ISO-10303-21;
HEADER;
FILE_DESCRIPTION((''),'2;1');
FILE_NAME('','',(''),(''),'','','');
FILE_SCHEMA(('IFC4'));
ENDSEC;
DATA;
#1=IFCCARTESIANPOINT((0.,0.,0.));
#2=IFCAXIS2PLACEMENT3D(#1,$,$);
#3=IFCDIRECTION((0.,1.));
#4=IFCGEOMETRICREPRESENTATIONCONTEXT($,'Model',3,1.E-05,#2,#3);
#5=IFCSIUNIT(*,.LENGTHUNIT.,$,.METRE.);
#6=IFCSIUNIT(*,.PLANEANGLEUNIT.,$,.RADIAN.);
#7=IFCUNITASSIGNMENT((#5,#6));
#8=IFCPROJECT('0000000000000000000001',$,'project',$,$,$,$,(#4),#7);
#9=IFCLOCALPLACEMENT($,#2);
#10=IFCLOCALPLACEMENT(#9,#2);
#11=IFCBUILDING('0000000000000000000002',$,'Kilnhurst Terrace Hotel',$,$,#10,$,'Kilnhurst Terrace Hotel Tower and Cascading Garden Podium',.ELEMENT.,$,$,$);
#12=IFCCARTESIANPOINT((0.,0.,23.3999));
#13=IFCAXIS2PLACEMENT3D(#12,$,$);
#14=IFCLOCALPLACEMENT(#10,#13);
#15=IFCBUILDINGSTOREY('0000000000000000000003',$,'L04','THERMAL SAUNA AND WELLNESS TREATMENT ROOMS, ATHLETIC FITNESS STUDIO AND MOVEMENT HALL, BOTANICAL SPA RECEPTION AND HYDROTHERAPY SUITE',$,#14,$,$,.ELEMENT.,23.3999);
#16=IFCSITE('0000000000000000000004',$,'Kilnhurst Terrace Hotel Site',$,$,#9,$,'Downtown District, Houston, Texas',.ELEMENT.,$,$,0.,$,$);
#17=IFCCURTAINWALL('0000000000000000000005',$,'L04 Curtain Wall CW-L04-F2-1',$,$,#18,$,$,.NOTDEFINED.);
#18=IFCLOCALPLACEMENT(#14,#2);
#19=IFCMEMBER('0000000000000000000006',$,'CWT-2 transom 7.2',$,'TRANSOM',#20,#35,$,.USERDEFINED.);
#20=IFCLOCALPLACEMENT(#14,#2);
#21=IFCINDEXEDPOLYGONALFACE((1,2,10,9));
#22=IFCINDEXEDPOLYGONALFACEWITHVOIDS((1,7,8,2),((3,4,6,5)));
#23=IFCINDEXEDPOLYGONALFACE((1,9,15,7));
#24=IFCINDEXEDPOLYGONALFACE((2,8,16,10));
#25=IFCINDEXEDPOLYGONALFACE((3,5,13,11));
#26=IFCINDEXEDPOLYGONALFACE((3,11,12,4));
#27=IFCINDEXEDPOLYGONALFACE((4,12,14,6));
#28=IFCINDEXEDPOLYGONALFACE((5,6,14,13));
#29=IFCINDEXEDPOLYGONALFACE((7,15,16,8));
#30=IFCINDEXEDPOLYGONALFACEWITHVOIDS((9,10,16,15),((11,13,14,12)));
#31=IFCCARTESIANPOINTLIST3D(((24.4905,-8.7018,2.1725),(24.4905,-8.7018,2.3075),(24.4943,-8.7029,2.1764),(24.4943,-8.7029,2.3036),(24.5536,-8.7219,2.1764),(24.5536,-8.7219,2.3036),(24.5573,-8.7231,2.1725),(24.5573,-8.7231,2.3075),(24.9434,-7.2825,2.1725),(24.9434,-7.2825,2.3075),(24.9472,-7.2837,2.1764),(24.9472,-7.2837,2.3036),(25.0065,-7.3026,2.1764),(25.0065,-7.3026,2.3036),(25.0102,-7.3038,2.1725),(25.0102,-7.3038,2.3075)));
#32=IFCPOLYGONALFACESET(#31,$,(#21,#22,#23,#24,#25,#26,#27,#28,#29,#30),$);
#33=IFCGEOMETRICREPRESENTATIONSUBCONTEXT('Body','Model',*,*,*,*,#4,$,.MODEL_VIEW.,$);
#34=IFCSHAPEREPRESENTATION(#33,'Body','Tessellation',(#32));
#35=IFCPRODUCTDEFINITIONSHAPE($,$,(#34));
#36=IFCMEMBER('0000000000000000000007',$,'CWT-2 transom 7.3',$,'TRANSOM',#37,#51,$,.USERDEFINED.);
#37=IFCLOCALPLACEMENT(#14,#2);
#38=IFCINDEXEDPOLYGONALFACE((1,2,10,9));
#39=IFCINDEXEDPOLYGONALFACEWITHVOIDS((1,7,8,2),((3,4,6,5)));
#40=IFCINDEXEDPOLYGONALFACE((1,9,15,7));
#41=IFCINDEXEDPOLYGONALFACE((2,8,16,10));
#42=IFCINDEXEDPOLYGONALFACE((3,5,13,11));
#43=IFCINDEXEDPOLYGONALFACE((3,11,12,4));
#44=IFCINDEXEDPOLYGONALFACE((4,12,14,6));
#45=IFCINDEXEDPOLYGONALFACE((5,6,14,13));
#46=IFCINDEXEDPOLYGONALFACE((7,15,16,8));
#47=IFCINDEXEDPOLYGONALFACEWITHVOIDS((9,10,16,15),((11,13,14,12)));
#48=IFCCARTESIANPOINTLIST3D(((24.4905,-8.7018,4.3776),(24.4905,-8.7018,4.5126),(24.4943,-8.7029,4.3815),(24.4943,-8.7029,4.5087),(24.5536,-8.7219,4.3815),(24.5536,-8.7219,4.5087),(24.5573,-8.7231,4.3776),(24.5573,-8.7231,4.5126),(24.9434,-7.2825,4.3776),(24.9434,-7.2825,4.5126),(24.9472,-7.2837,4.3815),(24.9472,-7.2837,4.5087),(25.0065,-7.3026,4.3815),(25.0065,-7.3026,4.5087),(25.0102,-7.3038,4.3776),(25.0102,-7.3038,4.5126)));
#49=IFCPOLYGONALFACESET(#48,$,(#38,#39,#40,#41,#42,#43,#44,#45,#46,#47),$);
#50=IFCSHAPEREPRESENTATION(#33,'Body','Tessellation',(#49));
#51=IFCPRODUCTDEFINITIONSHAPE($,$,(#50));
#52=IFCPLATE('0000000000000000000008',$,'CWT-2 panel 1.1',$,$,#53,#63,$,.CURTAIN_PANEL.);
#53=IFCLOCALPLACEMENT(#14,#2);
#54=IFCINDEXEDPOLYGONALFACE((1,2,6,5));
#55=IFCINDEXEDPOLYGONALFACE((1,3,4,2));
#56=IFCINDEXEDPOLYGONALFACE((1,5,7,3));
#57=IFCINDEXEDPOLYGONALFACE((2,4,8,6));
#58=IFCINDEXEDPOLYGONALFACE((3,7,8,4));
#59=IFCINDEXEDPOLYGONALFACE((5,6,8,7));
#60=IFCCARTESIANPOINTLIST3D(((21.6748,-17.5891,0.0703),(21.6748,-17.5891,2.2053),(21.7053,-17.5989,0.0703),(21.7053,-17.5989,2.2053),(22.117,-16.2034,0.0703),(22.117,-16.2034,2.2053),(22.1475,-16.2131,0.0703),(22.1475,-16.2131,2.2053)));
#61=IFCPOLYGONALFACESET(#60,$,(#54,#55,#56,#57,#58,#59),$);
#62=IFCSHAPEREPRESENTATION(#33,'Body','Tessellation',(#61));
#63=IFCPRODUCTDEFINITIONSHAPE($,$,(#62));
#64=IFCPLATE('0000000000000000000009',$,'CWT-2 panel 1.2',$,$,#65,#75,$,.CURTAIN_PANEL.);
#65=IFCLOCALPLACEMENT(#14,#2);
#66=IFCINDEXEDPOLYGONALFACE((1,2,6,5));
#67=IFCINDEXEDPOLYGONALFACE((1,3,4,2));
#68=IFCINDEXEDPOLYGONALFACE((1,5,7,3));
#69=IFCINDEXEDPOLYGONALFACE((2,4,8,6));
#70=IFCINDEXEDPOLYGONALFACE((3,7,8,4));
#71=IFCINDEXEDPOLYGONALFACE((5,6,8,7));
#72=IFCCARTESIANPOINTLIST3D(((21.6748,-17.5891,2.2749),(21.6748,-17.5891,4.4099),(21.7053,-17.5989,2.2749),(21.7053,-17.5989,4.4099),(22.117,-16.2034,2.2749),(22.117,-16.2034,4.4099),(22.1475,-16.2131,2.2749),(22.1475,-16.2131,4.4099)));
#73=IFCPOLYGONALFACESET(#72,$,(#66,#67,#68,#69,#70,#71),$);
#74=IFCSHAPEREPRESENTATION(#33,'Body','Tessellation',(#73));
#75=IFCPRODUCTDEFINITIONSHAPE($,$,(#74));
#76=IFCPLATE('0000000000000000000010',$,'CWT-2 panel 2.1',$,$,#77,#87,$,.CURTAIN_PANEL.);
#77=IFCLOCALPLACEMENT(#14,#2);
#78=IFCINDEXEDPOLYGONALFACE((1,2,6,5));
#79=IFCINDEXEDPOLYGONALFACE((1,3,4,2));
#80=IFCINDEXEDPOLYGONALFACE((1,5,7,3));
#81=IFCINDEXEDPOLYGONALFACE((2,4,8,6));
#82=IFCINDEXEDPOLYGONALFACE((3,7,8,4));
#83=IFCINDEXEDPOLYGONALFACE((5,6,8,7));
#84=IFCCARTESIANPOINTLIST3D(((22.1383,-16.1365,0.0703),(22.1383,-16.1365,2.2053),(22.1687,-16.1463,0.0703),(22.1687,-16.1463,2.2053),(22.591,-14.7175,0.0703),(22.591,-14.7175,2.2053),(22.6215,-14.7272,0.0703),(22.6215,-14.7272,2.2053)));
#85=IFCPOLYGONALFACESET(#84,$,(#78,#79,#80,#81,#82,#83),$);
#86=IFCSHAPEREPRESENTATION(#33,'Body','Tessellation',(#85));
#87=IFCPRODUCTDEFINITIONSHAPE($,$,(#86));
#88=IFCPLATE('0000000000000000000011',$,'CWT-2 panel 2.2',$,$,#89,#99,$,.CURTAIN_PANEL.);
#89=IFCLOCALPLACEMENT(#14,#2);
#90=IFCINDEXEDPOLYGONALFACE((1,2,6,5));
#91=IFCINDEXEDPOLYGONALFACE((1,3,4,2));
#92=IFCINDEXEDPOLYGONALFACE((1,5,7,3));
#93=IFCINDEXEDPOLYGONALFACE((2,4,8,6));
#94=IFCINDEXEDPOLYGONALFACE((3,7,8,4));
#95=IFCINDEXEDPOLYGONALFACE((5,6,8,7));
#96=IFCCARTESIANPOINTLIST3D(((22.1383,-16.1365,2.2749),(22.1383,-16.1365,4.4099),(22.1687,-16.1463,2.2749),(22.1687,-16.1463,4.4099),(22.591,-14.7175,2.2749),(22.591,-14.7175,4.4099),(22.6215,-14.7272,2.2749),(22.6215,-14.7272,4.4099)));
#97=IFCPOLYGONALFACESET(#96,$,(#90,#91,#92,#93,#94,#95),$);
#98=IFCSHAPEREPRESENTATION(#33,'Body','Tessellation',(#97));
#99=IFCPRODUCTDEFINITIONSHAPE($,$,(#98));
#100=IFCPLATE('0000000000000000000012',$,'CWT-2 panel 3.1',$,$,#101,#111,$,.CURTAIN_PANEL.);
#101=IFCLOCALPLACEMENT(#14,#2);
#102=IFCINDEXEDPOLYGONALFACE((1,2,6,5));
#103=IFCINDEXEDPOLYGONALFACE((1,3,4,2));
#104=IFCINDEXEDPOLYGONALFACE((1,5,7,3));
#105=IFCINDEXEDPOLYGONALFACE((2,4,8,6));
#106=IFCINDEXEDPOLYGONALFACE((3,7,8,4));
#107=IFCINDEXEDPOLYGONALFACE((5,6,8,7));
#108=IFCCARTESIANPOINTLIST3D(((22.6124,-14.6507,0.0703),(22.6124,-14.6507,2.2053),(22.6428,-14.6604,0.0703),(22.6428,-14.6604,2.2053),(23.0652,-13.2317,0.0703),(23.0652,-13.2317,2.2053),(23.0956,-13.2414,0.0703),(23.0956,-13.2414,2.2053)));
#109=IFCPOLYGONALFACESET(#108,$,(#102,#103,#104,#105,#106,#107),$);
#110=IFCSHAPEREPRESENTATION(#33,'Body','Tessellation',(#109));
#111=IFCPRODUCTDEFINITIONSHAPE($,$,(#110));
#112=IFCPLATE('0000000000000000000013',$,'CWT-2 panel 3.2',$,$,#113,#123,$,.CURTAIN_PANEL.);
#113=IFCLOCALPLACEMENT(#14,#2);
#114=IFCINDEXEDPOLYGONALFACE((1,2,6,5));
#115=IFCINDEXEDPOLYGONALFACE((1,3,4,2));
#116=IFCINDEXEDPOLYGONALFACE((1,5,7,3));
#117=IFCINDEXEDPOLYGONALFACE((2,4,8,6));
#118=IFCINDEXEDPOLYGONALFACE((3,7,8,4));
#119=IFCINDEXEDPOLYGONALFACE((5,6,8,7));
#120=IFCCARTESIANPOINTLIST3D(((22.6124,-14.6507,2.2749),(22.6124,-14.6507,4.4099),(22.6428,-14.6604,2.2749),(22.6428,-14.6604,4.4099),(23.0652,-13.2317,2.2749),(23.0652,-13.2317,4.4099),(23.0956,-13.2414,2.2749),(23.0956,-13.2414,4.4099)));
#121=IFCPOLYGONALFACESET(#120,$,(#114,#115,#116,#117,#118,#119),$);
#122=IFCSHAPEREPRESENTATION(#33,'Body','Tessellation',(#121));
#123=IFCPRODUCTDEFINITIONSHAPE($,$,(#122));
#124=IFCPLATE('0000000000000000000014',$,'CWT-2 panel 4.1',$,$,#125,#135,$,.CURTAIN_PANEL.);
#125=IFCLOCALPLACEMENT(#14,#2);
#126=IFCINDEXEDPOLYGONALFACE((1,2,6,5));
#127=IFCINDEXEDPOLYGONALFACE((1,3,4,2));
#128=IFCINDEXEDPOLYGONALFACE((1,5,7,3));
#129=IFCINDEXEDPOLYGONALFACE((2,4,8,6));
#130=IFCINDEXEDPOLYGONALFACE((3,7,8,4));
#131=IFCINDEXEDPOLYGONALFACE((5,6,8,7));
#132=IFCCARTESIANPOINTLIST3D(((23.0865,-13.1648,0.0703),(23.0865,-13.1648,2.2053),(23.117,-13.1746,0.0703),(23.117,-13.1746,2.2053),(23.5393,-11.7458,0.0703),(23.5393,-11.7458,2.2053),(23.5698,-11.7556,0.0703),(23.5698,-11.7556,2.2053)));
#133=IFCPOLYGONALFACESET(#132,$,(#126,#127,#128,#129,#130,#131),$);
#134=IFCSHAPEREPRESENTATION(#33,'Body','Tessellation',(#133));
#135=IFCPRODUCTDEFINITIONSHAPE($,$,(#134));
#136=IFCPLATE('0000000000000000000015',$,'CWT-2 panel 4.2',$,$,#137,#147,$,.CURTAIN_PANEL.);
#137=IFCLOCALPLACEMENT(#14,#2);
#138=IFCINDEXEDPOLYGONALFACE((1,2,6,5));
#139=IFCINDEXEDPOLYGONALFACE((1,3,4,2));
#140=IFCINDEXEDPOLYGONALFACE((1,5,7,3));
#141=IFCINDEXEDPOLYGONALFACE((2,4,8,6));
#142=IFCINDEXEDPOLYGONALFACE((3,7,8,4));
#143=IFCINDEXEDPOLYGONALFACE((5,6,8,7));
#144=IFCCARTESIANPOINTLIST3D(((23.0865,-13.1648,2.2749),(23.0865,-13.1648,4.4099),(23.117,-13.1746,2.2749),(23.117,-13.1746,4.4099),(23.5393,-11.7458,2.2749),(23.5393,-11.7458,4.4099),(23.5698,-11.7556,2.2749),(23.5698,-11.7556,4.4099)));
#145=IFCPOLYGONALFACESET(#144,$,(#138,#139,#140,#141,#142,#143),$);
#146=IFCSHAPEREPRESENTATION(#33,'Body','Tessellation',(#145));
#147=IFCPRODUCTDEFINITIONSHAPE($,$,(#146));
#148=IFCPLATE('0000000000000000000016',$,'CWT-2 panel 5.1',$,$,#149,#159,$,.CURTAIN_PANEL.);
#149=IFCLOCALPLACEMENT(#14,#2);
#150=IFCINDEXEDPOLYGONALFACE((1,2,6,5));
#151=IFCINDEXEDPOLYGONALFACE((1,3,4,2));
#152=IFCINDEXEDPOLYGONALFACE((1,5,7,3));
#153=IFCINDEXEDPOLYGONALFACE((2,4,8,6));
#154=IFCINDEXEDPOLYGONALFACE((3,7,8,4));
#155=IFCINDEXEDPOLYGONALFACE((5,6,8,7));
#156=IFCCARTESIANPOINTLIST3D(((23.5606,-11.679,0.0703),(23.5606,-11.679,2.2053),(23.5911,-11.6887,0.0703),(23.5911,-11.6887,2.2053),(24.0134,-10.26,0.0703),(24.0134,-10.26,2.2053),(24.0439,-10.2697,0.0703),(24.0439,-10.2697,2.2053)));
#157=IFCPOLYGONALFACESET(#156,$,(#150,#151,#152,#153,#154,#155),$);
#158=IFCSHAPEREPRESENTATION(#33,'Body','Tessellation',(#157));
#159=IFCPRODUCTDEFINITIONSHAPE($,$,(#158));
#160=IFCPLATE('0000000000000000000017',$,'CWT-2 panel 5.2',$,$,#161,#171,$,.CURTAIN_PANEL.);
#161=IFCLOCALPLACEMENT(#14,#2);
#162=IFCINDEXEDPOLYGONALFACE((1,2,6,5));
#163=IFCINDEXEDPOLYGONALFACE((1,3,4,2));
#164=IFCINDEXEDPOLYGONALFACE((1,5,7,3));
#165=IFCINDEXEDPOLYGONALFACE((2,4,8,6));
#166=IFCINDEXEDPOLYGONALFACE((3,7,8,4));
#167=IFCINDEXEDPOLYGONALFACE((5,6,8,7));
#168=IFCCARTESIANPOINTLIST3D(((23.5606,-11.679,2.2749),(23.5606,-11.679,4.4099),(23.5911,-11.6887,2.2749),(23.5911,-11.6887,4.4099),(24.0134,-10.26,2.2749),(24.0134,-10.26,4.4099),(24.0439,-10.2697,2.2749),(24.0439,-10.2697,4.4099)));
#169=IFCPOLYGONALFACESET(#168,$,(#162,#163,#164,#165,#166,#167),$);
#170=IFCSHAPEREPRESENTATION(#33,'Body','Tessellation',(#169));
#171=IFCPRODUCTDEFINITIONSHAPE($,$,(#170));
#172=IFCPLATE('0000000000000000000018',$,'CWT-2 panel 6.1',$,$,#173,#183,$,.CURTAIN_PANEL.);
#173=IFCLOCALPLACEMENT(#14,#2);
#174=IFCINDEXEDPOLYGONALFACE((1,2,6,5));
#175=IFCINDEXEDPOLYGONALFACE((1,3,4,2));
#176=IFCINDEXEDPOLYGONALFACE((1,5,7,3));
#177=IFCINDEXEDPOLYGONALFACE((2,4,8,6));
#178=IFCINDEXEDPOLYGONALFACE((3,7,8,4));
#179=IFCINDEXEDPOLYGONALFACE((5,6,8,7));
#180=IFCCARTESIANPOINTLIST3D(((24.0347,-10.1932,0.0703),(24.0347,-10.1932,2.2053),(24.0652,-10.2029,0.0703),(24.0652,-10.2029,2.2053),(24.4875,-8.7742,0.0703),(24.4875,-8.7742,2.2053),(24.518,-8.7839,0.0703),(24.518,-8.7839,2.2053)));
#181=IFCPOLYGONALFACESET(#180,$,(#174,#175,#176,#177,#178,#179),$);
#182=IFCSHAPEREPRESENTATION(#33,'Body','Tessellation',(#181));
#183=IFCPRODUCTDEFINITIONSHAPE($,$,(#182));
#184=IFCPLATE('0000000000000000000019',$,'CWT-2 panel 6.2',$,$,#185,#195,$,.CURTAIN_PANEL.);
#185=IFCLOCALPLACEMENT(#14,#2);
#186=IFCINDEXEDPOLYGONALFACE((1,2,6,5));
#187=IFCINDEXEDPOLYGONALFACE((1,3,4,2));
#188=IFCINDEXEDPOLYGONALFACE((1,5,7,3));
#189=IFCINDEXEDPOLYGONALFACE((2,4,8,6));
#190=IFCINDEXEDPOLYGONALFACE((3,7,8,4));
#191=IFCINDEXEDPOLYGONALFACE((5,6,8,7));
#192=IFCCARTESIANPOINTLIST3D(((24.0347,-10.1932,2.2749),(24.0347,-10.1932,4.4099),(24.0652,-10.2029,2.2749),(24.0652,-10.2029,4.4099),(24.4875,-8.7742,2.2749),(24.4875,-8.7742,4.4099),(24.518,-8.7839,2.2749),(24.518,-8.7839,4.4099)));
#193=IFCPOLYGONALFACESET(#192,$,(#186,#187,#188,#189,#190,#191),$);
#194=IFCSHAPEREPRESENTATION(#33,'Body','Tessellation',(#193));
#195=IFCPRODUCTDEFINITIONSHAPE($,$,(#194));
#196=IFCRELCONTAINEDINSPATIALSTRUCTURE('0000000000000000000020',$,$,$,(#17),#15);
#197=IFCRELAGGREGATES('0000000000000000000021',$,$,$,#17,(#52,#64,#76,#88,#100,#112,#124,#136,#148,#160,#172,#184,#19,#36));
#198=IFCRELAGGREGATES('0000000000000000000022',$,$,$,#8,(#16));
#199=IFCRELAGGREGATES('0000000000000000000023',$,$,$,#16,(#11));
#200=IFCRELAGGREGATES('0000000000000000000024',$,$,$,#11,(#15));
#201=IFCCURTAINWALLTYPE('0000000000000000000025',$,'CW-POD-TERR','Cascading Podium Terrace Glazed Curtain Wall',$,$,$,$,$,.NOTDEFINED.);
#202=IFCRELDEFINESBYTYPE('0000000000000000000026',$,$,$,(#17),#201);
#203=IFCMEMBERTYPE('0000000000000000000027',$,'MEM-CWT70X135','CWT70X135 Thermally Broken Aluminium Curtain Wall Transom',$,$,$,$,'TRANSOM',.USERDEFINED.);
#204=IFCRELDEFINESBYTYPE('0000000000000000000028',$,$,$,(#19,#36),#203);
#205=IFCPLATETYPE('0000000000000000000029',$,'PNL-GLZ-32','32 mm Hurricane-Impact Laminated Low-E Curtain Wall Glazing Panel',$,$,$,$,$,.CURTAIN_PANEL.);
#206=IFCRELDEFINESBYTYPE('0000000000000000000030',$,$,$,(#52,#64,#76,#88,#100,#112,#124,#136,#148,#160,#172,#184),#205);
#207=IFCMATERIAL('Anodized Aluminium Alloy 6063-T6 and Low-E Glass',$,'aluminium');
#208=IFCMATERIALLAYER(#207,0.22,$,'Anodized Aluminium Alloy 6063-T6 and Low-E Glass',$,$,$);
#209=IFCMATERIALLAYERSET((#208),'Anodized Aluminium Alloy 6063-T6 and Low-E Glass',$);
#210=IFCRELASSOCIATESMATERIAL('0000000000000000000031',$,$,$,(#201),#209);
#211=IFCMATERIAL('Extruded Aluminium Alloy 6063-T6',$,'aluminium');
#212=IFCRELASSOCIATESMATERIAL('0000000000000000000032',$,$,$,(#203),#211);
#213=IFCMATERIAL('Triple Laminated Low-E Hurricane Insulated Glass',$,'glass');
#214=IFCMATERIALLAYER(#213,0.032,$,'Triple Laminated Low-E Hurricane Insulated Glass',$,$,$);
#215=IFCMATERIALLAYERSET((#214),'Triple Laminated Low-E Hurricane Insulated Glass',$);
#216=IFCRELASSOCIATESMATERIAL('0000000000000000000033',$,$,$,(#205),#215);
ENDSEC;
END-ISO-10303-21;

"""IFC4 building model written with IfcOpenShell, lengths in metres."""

from ifc_helpers import new_model, si_unit, direction, frame, origin, origin_2d, place, context, subcontext, project, spatial, rectangle, hollow_rectangle, extrude, material, layer, layer_set, material_profile, profile_set, type_object, element, aggregate, save


model = new_model("IFC4")

# Units and contexts
model_context = context("Model", 3, precision=1e-05, world=origin(), true_north=direction((0.0, 1.0)))
body_context = subcontext(model_context, "Body", "Model", "MODEL_VIEW")
ifc_project = project(units=[si_unit("LENGTHUNIT", "METRE"), si_unit("PLANEANGLEUNIT", "RADIAN")], contexts=[model_context])

# Site, building, storey
site_placement = place(None, origin())
site = spatial("IfcSite", under=ifc_project, at=site_placement, Name="Kilnhurst Terrace Hotel Site", LongName="Downtown District, Houston, Texas", CompositionType="ELEMENT", RefElevation=0.0)
building_placement = place(site_placement, origin())
building = spatial("IfcBuilding", under=site, at=building_placement, Name="Kilnhurst Terrace Hotel", LongName="Kilnhurst Terrace Hotel Tower and Cascading Garden Podium", CompositionType="ELEMENT")
storey_placement = place(building_placement, frame((0.0, 0.0, 23.3999)))
storey = spatial("IfcBuildingStorey", under=building, at=storey_placement, Name="L04", Description="THERMAL SAUNA AND WELLNESS TREATMENT ROOMS, ATHLETIC FITNESS STUDIO AND MOVEMENT HALL, BOTANICAL SPA RECEPTION AND HYDROTHERAPY SUITE", CompositionType="ELEMENT", Elevation=23.3999)

# Curtain wall, members, plates
ifc_material_1 = material(Name="Anodized Aluminium Alloy 6063-T6 and Low-E Glass", Category="aluminium")
ifc_layer_1 = layer(ifc_material_1, 0.22, Name="Anodized Aluminium Alloy 6063-T6 and Low-E Glass")
ifc_layer_set_1 = layer_set([ifc_layer_1], Name="Anodized Aluminium Alloy 6063-T6 and Low-E Glass")
curtain_wall_type = type_object("IfcCurtainWallType", Name="CW-POD-TERR", Description="Cascading Podium Terrace Glazed Curtain Wall", PredefinedType="NOTDEFINED", material=ifc_layer_set_1)
curtain_wall_placement = place(storey_placement, origin())
curtain_wall = element("IfcCurtainWall", 1, at=curtain_wall_placement, inside=storey, type_object=curtain_wall_type, Name="L04 Curtain Wall CW-L04-F2-1", PredefinedType="NOTDEFINED")
ifc_material_2 = material(Name="Extruded Aluminium Alloy 6063-T6", Category="aluminium")
ifc_material_profile_1 = material_profile(ifc_material_2, hollow_rectangle(XDim=0.0701, YDim=0.135, WallThickness=0.0039, at=origin_2d()), Name="CWT70X135")
ifc_profile_set_1 = profile_set([ifc_material_profile_1], Name="Extruded Aluminium Alloy 6063-T6")
member_type_1 = type_object("IfcMemberType", Name="MEM-CWT70X135", Description="CWT70X135 Thermally Broken Aluminium Curtain Wall Transom", ElementType="TRANSOM", PredefinedType="USERDEFINED", material=ifc_profile_set_1)
member_1_placement = place(storey_placement, frame((24.5239, -8.7124, 2.24), z_axis=(0.304009, 0.952669, 0.0), x_axis=(-0.952669, 0.304009, 0.0)))
member_1 = element("IfcMember", 2, at=member_1_placement, type_object=member_type_1, Name="CWT-2 transom 7.2", ObjectType="TRANSOM", PredefinedType="USERDEFINED", context=body_context, shape_type="SweptSolid", body=[
    extrude(hollow_rectangle(XDim=0.0701, YDim=0.135, WallThickness=0.0039, at=origin_2d()), origin(), (0.0, 0.0, 1.0), 1.4897),
])
member_2_placement = place(storey_placement, frame((24.5239, -8.7124, 4.4451), z_axis=(0.304009, 0.952669, 0.0), x_axis=(-0.952669, 0.304009, 0.0)))
member_2 = element("IfcMember", 3, at=member_2_placement, type_object=member_type_1, Name="CWT-2 transom 7.3", ObjectType="TRANSOM", PredefinedType="USERDEFINED", context=body_context, shape_type="SweptSolid", body=[
    extrude(hollow_rectangle(XDim=0.0701, YDim=0.135, WallThickness=0.0039, at=origin_2d()), origin(), (0.0, 0.0, 1.0), 1.4897),
])
ifc_material_3 = material(Name="Triple Laminated Low-E Hurricane Insulated Glass", Category="glass")
ifc_layer_2 = layer(ifc_material_3, 0.032, Name="Triple Laminated Low-E Hurricane Insulated Glass")
ifc_layer_set_2 = layer_set([ifc_layer_2], Name="Triple Laminated Low-E Hurricane Insulated Glass")
plate_type = type_object("IfcPlateType", Name="PNL-GLZ-32", Description="32 mm Hurricane-Impact Laminated Low-E Curtain Wall Glazing Panel", PredefinedType="CURTAIN_PANEL", material=ifc_layer_set_2)
plate_1_placement = place(storey_placement, frame((21.9111, -16.9011, 0.0703), z_axis=(0.0, 0.0, 1.0), x_axis=(0.303992, 0.952675, 0.0)))
plate_1 = element("IfcPlate", 4, at=plate_1_placement, type_object=plate_type, Name="CWT-2 panel 1.1", PredefinedType="CURTAIN_PANEL", context=body_context, shape_type="SweptSolid", body=[
    extrude(rectangle(XDim=1.4546, YDim=0.032, at=origin_2d()), origin(), (0.0, 0.0, 1.0), 2.135),
])
plate_2_placement = place(storey_placement, frame((21.9111, -16.9011, 2.2749), z_axis=(0.0, 0.0, 1.0), x_axis=(0.303992, 0.952675, 0.0)))
plate_2 = element("IfcPlate", 5, at=plate_2_placement, type_object=plate_type, Name="CWT-2 panel 1.2", PredefinedType="CURTAIN_PANEL", context=body_context, shape_type="SweptSolid", body=[
    extrude(rectangle(XDim=1.4546, YDim=0.032, at=origin_2d()), origin(), (0.0, 0.0, 1.0), 2.135),
])
plate_3_placement = place(storey_placement, frame((22.3799, -15.4319, 0.0703), z_axis=(0.0, 0.0, 1.0), x_axis=(0.303992, 0.952675, 0.0)))
plate_3 = element("IfcPlate", 6, at=plate_3_placement, type_object=plate_type, Name="CWT-2 panel 2.1", PredefinedType="CURTAIN_PANEL", context=body_context, shape_type="SweptSolid", body=[
    extrude(rectangle(XDim=1.4895, YDim=0.032, at=origin_2d()), origin(), (0.0, 0.0, 1.0), 2.135),
])
plate_4_placement = place(storey_placement, frame((22.3799, -15.4319, 2.2749), z_axis=(0.0, 0.0, 1.0), x_axis=(0.303992, 0.952675, 0.0)))
plate_4 = element("IfcPlate", 7, at=plate_4_placement, type_object=plate_type, Name="CWT-2 panel 2.2", PredefinedType="CURTAIN_PANEL", context=body_context, shape_type="SweptSolid", body=[
    extrude(rectangle(XDim=1.4895, YDim=0.032, at=origin_2d()), origin(), (0.0, 0.0, 1.0), 2.135),
])
plate_5_placement = place(storey_placement, frame((22.854, -13.946, 0.0703), z_axis=(0.0, 0.0, 1.0), x_axis=(0.303992, 0.952675, 0.0)))
plate_5 = element("IfcPlate", 8, at=plate_5_placement, type_object=plate_type, Name="CWT-2 panel 3.1", PredefinedType="CURTAIN_PANEL", context=body_context, shape_type="SweptSolid", body=[
    extrude(rectangle(XDim=1.4895, YDim=0.032, at=origin_2d()), origin(), (0.0, 0.0, 1.0), 2.135),
])
plate_6_placement = place(storey_placement, frame((22.854, -13.946, 2.2749), z_axis=(0.0, 0.0, 1.0), x_axis=(0.303992, 0.952675, 0.0)))
plate_6 = element("IfcPlate", 9, at=plate_6_placement, type_object=plate_type, Name="CWT-2 panel 3.2", PredefinedType="CURTAIN_PANEL", context=body_context, shape_type="SweptSolid", body=[
    extrude(rectangle(XDim=1.4895, YDim=0.032, at=origin_2d()), origin(), (0.0, 0.0, 1.0), 2.135),
])
plate_7_placement = place(storey_placement, frame((23.3281, -12.4602, 0.0703), z_axis=(0.0, 0.0, 1.0), x_axis=(0.303992, 0.952675, 0.0)))
plate_7 = element("IfcPlate", 10, at=plate_7_placement, type_object=plate_type, Name="CWT-2 panel 4.1", PredefinedType="CURTAIN_PANEL", context=body_context, shape_type="SweptSolid", body=[
    extrude(rectangle(XDim=1.4895, YDim=0.032, at=origin_2d()), origin(), (0.0, 0.0, 1.0), 2.135),
])
plate_8_placement = place(storey_placement, frame((23.3281, -12.4602, 2.2749), z_axis=(0.0, 0.0, 1.0), x_axis=(0.303992, 0.952675, 0.0)))
plate_8 = element("IfcPlate", 11, at=plate_8_placement, type_object=plate_type, Name="CWT-2 panel 4.2", PredefinedType="CURTAIN_PANEL", context=body_context, shape_type="SweptSolid", body=[
    extrude(rectangle(XDim=1.4895, YDim=0.032, at=origin_2d()), origin(), (0.0, 0.0, 1.0), 2.135),
])
plate_9_placement = place(storey_placement, frame((23.8022, -10.9744, 0.0703), z_axis=(0.0, 0.0, 1.0), x_axis=(0.303992, 0.952675, 0.0)))
plate_9 = element("IfcPlate", 12, at=plate_9_placement, type_object=plate_type, Name="CWT-2 panel 5.1", PredefinedType="CURTAIN_PANEL", context=body_context, shape_type="SweptSolid", body=[
    extrude(rectangle(XDim=1.4895, YDim=0.032, at=origin_2d()), origin(), (0.0, 0.0, 1.0), 2.135),
])
plate_10_placement = place(storey_placement, frame((23.8022, -10.9744, 2.2749), z_axis=(0.0, 0.0, 1.0), x_axis=(0.303992, 0.952675, 0.0)))
plate_10 = element("IfcPlate", 13, at=plate_10_placement, type_object=plate_type, Name="CWT-2 panel 5.2", PredefinedType="CURTAIN_PANEL", context=body_context, shape_type="SweptSolid", body=[
    extrude(rectangle(XDim=1.4895, YDim=0.032, at=origin_2d()), origin(), (0.0, 0.0, 1.0), 2.135),
])
plate_11_placement = place(storey_placement, frame((24.2764, -9.4885, 0.0703), z_axis=(0.0, 0.0, 1.0), x_axis=(0.303992, 0.952675, 0.0)))
plate_11 = element("IfcPlate", 14, at=plate_11_placement, type_object=plate_type, Name="CWT-2 panel 6.1", PredefinedType="CURTAIN_PANEL", context=body_context, shape_type="SweptSolid", body=[
    extrude(rectangle(XDim=1.4895, YDim=0.032, at=origin_2d()), origin(), (0.0, 0.0, 1.0), 2.135),
])
plate_12_placement = place(storey_placement, frame((24.2764, -9.4885, 2.2749), z_axis=(0.0, 0.0, 1.0), x_axis=(0.303992, 0.952675, 0.0)))
plate_12 = element("IfcPlate", 15, at=plate_12_placement, type_object=plate_type, Name="CWT-2 panel 6.2", PredefinedType="CURTAIN_PANEL", context=body_context, shape_type="SweptSolid", body=[
    extrude(rectangle(XDim=1.4895, YDim=0.032, at=origin_2d()), origin(), (0.0, 0.0, 1.0), 2.135),
])
aggregate(curtain_wall, [plate_1, plate_2, plate_3, plate_4, plate_5, plate_6, plate_7, plate_8, plate_9, plate_10, plate_11, plate_12, member_1, member_2])

save(model, "model.ifc")
